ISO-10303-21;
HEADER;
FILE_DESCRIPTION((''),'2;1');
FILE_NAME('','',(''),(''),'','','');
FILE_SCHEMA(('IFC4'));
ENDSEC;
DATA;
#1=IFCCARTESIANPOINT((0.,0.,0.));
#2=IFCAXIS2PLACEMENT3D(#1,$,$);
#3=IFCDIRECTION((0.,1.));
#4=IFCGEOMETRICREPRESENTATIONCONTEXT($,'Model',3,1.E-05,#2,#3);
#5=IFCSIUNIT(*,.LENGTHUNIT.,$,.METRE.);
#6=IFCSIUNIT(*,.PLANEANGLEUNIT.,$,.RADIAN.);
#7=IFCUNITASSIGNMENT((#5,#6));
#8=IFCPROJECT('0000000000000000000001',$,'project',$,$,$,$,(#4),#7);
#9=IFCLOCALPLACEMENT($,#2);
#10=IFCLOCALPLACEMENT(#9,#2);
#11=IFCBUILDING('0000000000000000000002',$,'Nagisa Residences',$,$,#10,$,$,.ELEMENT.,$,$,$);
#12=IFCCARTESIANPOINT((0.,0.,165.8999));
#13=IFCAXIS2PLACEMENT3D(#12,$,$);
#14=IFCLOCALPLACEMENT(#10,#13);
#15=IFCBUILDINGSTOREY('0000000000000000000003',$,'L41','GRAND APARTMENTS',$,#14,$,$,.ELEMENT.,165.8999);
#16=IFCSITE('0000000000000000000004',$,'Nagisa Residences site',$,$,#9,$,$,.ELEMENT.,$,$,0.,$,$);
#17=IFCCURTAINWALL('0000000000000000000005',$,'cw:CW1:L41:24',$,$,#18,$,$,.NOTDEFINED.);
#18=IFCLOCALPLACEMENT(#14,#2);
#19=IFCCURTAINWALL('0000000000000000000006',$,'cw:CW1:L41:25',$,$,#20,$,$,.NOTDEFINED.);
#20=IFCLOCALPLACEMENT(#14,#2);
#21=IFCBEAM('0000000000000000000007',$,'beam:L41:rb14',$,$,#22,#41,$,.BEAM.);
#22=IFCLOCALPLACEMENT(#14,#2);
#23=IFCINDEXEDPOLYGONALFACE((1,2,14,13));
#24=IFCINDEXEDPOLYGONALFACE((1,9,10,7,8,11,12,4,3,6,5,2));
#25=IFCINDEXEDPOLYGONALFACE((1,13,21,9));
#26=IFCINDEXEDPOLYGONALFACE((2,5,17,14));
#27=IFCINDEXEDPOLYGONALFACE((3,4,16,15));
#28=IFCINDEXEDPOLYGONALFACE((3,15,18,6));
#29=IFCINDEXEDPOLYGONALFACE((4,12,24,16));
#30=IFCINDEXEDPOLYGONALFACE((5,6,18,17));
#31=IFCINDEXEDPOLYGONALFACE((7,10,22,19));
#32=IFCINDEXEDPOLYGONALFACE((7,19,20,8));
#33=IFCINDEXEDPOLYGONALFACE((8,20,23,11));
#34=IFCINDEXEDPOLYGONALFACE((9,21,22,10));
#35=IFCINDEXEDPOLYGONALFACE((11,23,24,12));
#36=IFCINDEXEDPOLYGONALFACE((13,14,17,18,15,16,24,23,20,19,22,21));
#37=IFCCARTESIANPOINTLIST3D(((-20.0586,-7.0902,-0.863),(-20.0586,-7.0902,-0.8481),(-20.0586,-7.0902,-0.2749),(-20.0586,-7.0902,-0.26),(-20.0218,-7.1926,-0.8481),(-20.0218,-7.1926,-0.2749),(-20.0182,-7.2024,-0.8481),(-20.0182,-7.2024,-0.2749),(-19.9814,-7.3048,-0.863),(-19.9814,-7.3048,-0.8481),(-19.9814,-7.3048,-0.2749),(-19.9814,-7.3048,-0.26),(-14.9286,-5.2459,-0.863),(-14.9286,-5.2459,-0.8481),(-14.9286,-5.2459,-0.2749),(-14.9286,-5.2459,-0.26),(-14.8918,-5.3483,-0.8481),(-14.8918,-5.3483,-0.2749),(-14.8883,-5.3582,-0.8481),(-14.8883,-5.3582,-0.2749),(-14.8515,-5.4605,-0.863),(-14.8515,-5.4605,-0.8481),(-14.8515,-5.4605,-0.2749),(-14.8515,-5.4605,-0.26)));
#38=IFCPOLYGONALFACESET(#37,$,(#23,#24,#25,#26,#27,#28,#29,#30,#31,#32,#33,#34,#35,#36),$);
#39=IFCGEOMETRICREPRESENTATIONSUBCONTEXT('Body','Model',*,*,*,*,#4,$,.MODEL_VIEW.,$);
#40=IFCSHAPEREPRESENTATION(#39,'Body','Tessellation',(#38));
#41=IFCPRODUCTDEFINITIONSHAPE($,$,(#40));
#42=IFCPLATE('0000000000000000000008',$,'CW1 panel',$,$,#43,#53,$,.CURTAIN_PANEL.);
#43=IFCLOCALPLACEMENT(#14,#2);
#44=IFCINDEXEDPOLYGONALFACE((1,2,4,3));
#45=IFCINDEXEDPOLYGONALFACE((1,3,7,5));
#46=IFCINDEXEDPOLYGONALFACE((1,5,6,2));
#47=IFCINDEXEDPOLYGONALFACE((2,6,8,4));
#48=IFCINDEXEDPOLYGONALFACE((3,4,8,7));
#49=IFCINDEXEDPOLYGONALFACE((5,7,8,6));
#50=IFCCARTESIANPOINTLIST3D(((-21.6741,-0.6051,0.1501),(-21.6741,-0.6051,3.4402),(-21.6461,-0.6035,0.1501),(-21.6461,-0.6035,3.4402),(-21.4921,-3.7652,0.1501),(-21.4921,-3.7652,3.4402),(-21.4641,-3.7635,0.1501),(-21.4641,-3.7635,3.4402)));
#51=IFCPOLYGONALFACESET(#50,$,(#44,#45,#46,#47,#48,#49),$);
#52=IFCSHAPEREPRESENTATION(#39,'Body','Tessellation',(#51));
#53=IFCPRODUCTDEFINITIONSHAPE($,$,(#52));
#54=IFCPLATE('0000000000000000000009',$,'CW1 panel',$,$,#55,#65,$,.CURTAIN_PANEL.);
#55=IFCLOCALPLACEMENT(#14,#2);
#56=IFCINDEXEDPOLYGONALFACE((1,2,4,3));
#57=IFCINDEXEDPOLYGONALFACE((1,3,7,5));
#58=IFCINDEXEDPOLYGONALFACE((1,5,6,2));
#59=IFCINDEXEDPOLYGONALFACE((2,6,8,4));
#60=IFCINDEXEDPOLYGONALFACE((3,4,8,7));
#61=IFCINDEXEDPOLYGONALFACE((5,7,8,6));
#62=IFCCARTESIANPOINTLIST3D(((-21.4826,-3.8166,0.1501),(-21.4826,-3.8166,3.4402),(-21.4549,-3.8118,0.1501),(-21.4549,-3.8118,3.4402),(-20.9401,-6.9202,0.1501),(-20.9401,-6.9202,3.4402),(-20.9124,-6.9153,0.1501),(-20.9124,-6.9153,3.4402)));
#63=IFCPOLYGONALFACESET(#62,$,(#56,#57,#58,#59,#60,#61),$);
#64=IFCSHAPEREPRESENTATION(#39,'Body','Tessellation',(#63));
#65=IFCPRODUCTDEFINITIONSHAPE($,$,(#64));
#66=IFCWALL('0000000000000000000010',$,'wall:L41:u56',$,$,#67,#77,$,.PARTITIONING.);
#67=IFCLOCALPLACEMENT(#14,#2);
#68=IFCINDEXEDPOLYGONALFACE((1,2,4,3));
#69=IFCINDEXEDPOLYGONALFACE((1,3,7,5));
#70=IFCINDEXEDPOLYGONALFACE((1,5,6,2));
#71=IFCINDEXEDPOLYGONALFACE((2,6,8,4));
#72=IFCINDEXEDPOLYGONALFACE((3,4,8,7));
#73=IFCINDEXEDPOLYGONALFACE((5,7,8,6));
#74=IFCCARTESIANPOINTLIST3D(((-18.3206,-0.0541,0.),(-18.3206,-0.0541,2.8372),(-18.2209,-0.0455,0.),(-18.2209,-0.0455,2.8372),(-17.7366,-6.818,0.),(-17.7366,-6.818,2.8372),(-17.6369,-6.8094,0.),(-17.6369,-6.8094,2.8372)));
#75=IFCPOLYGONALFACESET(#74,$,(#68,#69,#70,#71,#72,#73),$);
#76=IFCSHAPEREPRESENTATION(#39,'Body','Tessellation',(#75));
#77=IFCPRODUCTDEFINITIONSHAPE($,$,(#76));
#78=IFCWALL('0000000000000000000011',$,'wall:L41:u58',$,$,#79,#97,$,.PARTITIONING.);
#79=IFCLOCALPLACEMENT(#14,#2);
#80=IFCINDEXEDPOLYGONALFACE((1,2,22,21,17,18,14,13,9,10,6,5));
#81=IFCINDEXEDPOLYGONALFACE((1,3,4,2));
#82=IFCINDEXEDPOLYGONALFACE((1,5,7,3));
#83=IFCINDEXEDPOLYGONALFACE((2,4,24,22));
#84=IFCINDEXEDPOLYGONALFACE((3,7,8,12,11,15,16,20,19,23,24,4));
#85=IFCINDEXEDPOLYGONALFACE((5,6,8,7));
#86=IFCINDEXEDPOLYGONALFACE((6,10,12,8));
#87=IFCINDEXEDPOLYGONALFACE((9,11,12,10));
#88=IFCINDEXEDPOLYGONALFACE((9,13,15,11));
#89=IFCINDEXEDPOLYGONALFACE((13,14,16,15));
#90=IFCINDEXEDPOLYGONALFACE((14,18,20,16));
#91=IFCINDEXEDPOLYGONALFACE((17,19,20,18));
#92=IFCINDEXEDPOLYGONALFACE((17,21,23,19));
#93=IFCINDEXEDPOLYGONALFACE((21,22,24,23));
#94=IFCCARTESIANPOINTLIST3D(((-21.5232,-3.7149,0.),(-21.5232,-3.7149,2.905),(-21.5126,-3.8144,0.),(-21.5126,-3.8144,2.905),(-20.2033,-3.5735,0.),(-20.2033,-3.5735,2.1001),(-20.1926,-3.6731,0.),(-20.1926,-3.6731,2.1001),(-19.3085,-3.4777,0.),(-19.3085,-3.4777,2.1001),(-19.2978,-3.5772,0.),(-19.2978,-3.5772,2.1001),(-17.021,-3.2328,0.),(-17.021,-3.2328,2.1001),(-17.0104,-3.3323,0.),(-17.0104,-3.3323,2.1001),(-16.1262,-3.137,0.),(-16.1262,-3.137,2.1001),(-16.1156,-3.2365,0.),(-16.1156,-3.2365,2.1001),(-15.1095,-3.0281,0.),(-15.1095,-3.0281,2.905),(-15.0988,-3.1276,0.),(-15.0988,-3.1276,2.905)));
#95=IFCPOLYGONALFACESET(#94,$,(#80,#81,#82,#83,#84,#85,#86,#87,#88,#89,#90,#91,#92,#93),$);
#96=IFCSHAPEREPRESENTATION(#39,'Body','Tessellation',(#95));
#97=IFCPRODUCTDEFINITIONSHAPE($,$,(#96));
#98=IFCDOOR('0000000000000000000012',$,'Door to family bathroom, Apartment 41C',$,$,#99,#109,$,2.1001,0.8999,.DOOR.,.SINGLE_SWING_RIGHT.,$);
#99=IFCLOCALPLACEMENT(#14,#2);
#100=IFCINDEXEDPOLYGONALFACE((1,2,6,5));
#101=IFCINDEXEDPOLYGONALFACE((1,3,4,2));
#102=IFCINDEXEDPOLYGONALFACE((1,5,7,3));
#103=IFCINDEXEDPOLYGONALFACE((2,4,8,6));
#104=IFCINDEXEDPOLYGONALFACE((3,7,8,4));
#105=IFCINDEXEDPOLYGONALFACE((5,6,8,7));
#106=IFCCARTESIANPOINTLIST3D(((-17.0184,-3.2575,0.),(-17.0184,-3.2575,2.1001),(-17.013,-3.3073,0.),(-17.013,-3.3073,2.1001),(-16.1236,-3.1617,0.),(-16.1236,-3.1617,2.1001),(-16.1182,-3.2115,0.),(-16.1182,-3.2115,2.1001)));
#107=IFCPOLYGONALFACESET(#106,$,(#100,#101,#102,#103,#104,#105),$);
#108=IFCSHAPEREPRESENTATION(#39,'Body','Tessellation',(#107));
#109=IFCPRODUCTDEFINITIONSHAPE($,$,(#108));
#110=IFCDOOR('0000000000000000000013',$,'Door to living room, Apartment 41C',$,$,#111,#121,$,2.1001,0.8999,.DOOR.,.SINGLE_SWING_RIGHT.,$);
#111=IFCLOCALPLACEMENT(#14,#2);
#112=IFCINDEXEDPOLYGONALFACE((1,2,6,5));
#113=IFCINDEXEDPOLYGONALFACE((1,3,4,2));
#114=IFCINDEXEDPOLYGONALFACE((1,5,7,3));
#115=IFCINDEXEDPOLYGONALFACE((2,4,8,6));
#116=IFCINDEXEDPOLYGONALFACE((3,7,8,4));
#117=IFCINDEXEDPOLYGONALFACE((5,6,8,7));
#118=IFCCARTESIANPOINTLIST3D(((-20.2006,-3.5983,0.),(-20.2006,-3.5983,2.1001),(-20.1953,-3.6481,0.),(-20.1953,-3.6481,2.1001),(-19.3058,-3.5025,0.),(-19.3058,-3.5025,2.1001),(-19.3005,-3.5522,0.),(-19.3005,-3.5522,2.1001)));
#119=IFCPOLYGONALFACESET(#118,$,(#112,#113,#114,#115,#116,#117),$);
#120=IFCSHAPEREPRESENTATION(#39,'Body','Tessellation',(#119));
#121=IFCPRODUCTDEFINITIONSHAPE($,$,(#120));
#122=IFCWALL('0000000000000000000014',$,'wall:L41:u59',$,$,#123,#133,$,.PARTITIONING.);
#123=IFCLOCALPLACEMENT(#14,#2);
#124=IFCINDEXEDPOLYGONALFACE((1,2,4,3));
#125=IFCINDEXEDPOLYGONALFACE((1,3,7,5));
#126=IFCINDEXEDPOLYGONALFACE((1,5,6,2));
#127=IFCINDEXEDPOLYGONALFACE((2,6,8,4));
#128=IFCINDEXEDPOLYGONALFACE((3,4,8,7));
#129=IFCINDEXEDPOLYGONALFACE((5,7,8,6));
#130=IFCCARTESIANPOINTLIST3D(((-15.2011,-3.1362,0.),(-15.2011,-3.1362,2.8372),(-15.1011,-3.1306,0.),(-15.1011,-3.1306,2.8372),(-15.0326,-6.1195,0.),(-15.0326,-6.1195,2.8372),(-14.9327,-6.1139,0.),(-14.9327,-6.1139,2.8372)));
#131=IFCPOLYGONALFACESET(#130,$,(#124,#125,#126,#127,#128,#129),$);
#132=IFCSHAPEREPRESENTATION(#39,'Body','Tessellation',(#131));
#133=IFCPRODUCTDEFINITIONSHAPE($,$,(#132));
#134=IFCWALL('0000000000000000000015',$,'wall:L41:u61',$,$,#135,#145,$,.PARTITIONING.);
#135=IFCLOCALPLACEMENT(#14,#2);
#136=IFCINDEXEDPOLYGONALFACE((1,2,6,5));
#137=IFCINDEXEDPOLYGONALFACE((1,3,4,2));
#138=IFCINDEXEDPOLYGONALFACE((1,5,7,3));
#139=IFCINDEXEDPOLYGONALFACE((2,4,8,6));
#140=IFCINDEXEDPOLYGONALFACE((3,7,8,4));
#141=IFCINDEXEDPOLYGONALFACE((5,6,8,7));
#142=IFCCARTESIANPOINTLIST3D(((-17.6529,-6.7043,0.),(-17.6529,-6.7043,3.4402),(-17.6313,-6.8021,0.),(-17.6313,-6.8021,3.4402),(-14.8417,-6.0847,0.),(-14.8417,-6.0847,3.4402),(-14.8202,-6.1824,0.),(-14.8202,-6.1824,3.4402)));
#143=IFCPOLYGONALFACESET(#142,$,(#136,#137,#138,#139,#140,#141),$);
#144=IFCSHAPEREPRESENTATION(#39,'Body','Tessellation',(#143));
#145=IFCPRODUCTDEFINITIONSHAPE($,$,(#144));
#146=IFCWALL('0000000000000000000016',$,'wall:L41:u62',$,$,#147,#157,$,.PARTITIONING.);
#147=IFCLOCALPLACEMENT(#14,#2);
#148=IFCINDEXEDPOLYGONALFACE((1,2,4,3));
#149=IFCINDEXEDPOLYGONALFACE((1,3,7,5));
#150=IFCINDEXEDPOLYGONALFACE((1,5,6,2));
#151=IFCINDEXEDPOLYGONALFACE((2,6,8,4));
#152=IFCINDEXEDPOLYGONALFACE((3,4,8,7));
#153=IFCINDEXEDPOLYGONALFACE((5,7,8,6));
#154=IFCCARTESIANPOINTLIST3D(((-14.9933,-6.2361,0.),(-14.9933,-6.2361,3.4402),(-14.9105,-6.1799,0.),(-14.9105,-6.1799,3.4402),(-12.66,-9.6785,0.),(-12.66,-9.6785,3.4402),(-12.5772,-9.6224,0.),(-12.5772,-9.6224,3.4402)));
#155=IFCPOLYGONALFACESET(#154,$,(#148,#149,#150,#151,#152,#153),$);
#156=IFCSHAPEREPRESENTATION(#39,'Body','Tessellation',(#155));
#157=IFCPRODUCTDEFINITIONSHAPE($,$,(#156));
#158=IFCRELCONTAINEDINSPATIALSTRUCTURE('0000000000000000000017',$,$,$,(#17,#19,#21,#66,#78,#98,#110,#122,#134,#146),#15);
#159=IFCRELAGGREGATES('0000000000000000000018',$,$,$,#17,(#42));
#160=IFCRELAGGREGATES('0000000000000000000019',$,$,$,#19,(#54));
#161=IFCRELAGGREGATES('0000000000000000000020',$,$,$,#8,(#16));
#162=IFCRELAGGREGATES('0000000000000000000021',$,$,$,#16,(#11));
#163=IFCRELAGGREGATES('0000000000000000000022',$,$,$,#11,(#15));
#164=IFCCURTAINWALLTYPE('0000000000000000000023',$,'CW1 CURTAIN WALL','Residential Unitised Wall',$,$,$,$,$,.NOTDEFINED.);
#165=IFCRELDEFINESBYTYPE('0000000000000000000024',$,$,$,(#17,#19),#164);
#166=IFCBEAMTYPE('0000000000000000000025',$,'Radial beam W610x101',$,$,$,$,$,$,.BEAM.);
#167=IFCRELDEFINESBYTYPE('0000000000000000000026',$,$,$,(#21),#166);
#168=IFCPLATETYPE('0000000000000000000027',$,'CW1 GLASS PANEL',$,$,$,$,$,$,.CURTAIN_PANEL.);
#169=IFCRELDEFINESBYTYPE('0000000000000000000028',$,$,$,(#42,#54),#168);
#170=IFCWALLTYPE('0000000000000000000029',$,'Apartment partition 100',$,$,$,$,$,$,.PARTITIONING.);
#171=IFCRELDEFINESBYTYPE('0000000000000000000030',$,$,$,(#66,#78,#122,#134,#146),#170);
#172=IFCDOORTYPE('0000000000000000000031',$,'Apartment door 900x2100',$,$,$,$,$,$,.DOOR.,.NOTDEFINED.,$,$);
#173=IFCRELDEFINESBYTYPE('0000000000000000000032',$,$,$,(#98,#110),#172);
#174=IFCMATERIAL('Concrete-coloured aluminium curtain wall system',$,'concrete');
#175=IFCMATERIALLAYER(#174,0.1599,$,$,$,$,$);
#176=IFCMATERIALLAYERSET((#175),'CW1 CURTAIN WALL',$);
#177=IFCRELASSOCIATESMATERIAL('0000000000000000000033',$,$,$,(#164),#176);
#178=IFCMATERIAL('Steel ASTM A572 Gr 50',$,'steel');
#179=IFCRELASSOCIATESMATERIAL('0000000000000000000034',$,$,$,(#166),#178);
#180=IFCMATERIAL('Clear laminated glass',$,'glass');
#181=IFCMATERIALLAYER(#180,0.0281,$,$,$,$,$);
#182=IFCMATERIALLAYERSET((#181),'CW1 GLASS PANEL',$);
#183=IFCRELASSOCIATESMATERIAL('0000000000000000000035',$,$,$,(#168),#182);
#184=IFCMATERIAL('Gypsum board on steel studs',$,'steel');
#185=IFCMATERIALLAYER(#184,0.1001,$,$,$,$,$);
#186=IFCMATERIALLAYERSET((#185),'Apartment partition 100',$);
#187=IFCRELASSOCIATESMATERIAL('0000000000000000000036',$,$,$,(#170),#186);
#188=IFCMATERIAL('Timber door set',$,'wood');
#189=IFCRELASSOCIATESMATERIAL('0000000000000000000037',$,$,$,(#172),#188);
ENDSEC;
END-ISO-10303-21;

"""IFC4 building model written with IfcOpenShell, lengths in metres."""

from ifc_helpers import new_model, si_unit, direction, frame, frame_2d, origin, origin_2d, place, context, subcontext, project, spatial, rectangle, i_section, extrude, material, layer, layer_set, material_profile, profile_set, type_object, element, fill, aggregate, save


model = new_model("IFC4")

# Units and contexts
model_context = context("Model", 3, precision=1e-05, world=origin(), true_north=direction((0.0, 1.0)))
body_context = subcontext(model_context, "Body", "Model", "MODEL_VIEW")
ifc_project = project(units=[si_unit("LENGTHUNIT", "METRE"), si_unit("PLANEANGLEUNIT", "RADIAN")], contexts=[model_context])

# Site, building, storey
site_placement = place(None, origin())
site = spatial("IfcSite", under=ifc_project, at=site_placement, Name="Nagisa Residences site", CompositionType="ELEMENT", RefElevation=0.0)
building_placement = place(site_placement, origin())
building = spatial("IfcBuilding", under=site, at=building_placement, Name="Nagisa Residences", CompositionType="ELEMENT")
storey_placement = place(building_placement, frame((0.0, 0.0, 165.8999)))
storey = spatial("IfcBuildingStorey", under=building, at=storey_placement, Name="L41", Description="GRAND APARTMENTS", CompositionType="ELEMENT", Elevation=165.8999)

# Curtain walls
ifc_material_1 = material(Name="Concrete-coloured aluminium curtain wall system", Category="concrete")
ifc_layer_1 = layer(ifc_material_1, 0.1599)
ifc_layer_set_1 = layer_set([ifc_layer_1], Name="CW1 CURTAIN WALL")
curtain_wall_type = type_object("IfcCurtainWallType", Name="CW1 CURTAIN WALL", Description="Residential Unitised Wall", PredefinedType="NOTDEFINED", material=ifc_layer_set_1)
curtain_wall_1_placement = place(storey_placement, origin())
curtain_wall_1 = element("IfcCurtainWall", 1, at=curtain_wall_1_placement, inside=storey, type_object=curtain_wall_type, Name="cw:CW1:L41:24", PredefinedType="NOTDEFINED")
curtain_wall_2_placement = place(storey_placement, origin())
curtain_wall_2 = element("IfcCurtainWall", 2, at=curtain_wall_2_placement, inside=storey, type_object=curtain_wall_type, Name="cw:CW1:L41:25", PredefinedType="NOTDEFINED")

# Beam
ifc_material_2 = material(Name="Steel ASTM A572 Gr 50", Category="steel")
ifc_material_profile_1 = material_profile(ifc_material_2, i_section(OverallWidth=0.228, OverallDepth=0.603, WebThickness=0.0105, FlangeThickness=0.0149, at=origin_2d()), Name="W610x101")
ifc_profile_set_1 = profile_set([ifc_material_profile_1], Name="Steel ASTM A572 Gr 50")
beam_type_1 = type_object("IfcBeamType", Name="Radial beam W610x101", PredefinedType="BEAM", material=ifc_profile_set_1)
beam_1_placement = place(storey_placement, frame((-20.02, -7.1975, -0.5615), z_axis=(0.941035, 0.33831, 0.0), x_axis=(-0.33831, 0.941035, 0.0)))
element("IfcBeam", 3, at=beam_1_placement, inside=storey, type_object=beam_type_1, Name="beam:L41:rb14", PredefinedType="BEAM", context=body_context, shape_type="SweptSolid", body=[
    extrude(i_section(OverallWidth=0.228, OverallDepth=0.603, WebThickness=0.0105, FlangeThickness=0.0149, at=origin_2d()), origin(), (0.0, 0.0, 1.0), 5.4514),
])

# Plates
ifc_material_3 = material(Name="Clear laminated glass", Category="glass")
ifc_layer_2 = layer(ifc_material_3, 0.0281)
ifc_layer_set_2 = layer_set([ifc_layer_2], Name="CW1 GLASS PANEL")
plate_type = type_object("IfcPlateType", Name="CW1 GLASS PANEL", PredefinedType="CURTAIN_PANEL", material=ifc_layer_set_2)
plate_1_placement = place(storey_placement, frame((-21.5691, -2.1843, 0.1501), z_axis=(0.0, 0.0, 1.0), x_axis=(0.057503, -0.998345, 0.0)))
plate_1 = element("IfcPlate", 4, at=plate_1_placement, type_object=plate_type, Name="CW1 panel", PredefinedType="CURTAIN_PANEL", context=body_context, shape_type="SweptSolid", body=[
    extrude(rectangle(XDim=3.1653, YDim=0.0281, at=origin_2d()), origin(), (0.0, 0.0, 1.0), 3.29),
])
aggregate(curtain_wall_1, [plate_1])
plate_2_placement = place(storey_placement, frame((-21.1975, -5.366, 0.1501), z_axis=(0.0, 0.0, 1.0), x_axis=(0.172191, -0.985064, 0.0)))
plate_2 = element("IfcPlate", 5, at=plate_2_placement, type_object=plate_type, Name="CW1 panel", PredefinedType="CURTAIN_PANEL", context=body_context, shape_type="SweptSolid", body=[
    extrude(rectangle(XDim=3.1506, YDim=0.0281, at=origin_2d()), origin(), (0.0, 0.0, 1.0), 3.29),
])
aggregate(curtain_wall_2, [plate_2])

# Wall
ifc_material_4 = material(Name="Gypsum board on steel studs", Category="steel")
ifc_layer_3 = layer(ifc_material_4, 0.1001)
ifc_layer_set_3 = layer_set([ifc_layer_3], Name="Apartment partition 100")
wall_type_1 = type_object("IfcWallType", Name="Apartment partition 100", PredefinedType="PARTITIONING", material=ifc_layer_set_3)
wall_1_placement = place(storey_placement, frame((-18.2708, -0.0498, 0.0), z_axis=(0.0, 0.0, 1.0), x_axis=(0.086018, -0.996294, 0.0)))
element("IfcWall", 6, at=wall_1_placement, inside=storey, type_object=wall_type_1, Name="wall:L41:u56", PredefinedType="PARTITIONING", context=body_context, shape_type="SweptSolid", body=[
    extrude(rectangle(XDim=6.7891, YDim=0.1001, at=frame_2d((3.3945, 0.0))), origin(), (0.0, 0.0, 1.0), 2.8372),
])

# Wall, openings, doors
wall_2_placement = place(storey_placement, frame((-15.1042, -3.0779, 0.0), z_axis=(0.0, 0.0, 1.0), x_axis=(-0.994316, -0.106468, 0.0)))
wall_2 = element("IfcWall", 7, at=wall_2_placement, inside=storey, type_object=wall_type_1, Name="wall:L41:u58", PredefinedType="PARTITIONING", context=body_context, shape_type="SweptSolid", body=[
    extrude(rectangle(XDim=6.4504, YDim=0.1001, at=frame_2d((3.2251, 0.0))), origin(), (0.0, 0.0, 1.0), 2.905),
])
opening_1_placement = place(wall_2_placement, frame((1.0225, 0.0, 0.0)))
opening_1 = element("IfcOpeningElement", 8, at=opening_1_placement, cuts=wall_2, PredefinedType="OPENING", context=body_context, shape_type="SweptSolid", body=[
    extrude(rectangle(XDim=0.8999, YDim=2.1001, at=frame_2d((0.45, 1.05))), frame((0.0, 0.0601, 0.0), z_axis=(0.0, -1.0, 0.0), x_axis=(1.0, 0.0, 0.0)), (0.0, 0.0, 1.0), 0.1201),
])
opening_2_placement = place(wall_2_placement, frame((4.2229, 0.0, 0.0)))
opening_2 = element("IfcOpeningElement", 9, at=opening_2_placement, cuts=wall_2, PredefinedType="OPENING", context=body_context, shape_type="SweptSolid", body=[
    extrude(rectangle(XDim=0.8999, YDim=2.1001, at=frame_2d((0.45, 1.05))), frame((0.0, 0.0601, 0.0), z_axis=(0.0, -1.0, 0.0), x_axis=(1.0, 0.0, 0.0)), (0.0, 0.0, 1.0), 0.1201),
])
ifc_material_5 = material(Name="Timber door set", Category="wood")
door_type_1 = type_object("IfcDoorType", Name="Apartment door 900x2100", OperationType="NOTDEFINED", PredefinedType="DOOR", material=ifc_material_5)
door_1_placement = place(opening_1_placement, origin())
door_1 = element("IfcDoor", 10, at=door_1_placement, inside=storey, type_object=door_type_1, Name="Door to family bathroom, Apartment 41C", OperationType="SINGLE_SWING_RIGHT", OverallHeight=2.1001, OverallWidth=0.8999, PredefinedType="DOOR", context=body_context, shape_type="SweptSolid", body=[
    extrude(rectangle(XDim=0.8999, YDim=2.1001, at=frame_2d((0.45, 1.05))), frame((0.0, 0.0249, 0.0), z_axis=(0.0, -1.0, 0.0), x_axis=(1.0, 0.0, 0.0)), (0.0, 0.0, 1.0), 0.05),
])
fill(opening_1, door_1)
door_2_placement = place(opening_2_placement, origin())
door_2 = element("IfcDoor", 11, at=door_2_placement, inside=storey, type_object=door_type_1, Name="Door to living room, Apartment 41C", OperationType="SINGLE_SWING_RIGHT", OverallHeight=2.1001, OverallWidth=0.8999, PredefinedType="DOOR", context=body_context, shape_type="SweptSolid", body=[
    extrude(rectangle(XDim=0.8999, YDim=2.1001, at=frame_2d((0.45, 1.05))), frame((0.0, 0.0249, 0.0), z_axis=(0.0, -1.0, 0.0), x_axis=(1.0, 0.0, 0.0)), (0.0, 0.0, 1.0), 0.05),
])
fill(opening_2, door_2)

# Walls
wall_3_placement = place(storey_placement, frame((-15.1511, -3.1333, 0.0), z_axis=(0.0, 0.0, 1.0), x_axis=(0.056375, -0.99841, 0.0)))
element("IfcWall", 12, at=wall_3_placement, inside=storey, type_object=wall_type_1, Name="wall:L41:u59", PredefinedType="PARTITIONING", context=body_context, shape_type="SweptSolid", body=[
    extrude(rectangle(XDim=2.988, YDim=0.1001, at=frame_2d((1.4941, 0.0))), origin(), (0.0, 0.0, 1.0), 2.8372),
])
wall_4_placement = place(storey_placement, frame((-14.8308, -6.1335, 0.0), z_axis=(0.0, 0.0, 1.0), x_axis=(-0.976561, -0.215242, 0.0)))
element("IfcWall", 13, at=wall_4_placement, inside=storey, type_object=wall_type_1, Name="wall:L41:u61", PredefinedType="PARTITIONING", context=body_context, shape_type="SweptSolid", body=[
    extrude(rectangle(XDim=2.8787, YDim=0.1001, at=frame_2d((1.4395, 0.0))), origin(), (0.0, 0.0, 1.0), 3.4402),
])
wall_5_placement = place(storey_placement, frame((-14.9519, -6.208, 0.0), z_axis=(0.0, 0.0, 1.0), x_axis=(0.561065, -0.827772, 0.0)))
element("IfcWall", 14, at=wall_5_placement, inside=storey, type_object=wall_type_1, Name="wall:L41:u62", PredefinedType="PARTITIONING", context=body_context, shape_type="SweptSolid", body=[
    extrude(rectangle(XDim=4.1587, YDim=0.1001, at=frame_2d((2.0793, 0.0))), origin(), (0.0, 0.0, 1.0), 3.4402),
])

save(model, "model.ifc")
